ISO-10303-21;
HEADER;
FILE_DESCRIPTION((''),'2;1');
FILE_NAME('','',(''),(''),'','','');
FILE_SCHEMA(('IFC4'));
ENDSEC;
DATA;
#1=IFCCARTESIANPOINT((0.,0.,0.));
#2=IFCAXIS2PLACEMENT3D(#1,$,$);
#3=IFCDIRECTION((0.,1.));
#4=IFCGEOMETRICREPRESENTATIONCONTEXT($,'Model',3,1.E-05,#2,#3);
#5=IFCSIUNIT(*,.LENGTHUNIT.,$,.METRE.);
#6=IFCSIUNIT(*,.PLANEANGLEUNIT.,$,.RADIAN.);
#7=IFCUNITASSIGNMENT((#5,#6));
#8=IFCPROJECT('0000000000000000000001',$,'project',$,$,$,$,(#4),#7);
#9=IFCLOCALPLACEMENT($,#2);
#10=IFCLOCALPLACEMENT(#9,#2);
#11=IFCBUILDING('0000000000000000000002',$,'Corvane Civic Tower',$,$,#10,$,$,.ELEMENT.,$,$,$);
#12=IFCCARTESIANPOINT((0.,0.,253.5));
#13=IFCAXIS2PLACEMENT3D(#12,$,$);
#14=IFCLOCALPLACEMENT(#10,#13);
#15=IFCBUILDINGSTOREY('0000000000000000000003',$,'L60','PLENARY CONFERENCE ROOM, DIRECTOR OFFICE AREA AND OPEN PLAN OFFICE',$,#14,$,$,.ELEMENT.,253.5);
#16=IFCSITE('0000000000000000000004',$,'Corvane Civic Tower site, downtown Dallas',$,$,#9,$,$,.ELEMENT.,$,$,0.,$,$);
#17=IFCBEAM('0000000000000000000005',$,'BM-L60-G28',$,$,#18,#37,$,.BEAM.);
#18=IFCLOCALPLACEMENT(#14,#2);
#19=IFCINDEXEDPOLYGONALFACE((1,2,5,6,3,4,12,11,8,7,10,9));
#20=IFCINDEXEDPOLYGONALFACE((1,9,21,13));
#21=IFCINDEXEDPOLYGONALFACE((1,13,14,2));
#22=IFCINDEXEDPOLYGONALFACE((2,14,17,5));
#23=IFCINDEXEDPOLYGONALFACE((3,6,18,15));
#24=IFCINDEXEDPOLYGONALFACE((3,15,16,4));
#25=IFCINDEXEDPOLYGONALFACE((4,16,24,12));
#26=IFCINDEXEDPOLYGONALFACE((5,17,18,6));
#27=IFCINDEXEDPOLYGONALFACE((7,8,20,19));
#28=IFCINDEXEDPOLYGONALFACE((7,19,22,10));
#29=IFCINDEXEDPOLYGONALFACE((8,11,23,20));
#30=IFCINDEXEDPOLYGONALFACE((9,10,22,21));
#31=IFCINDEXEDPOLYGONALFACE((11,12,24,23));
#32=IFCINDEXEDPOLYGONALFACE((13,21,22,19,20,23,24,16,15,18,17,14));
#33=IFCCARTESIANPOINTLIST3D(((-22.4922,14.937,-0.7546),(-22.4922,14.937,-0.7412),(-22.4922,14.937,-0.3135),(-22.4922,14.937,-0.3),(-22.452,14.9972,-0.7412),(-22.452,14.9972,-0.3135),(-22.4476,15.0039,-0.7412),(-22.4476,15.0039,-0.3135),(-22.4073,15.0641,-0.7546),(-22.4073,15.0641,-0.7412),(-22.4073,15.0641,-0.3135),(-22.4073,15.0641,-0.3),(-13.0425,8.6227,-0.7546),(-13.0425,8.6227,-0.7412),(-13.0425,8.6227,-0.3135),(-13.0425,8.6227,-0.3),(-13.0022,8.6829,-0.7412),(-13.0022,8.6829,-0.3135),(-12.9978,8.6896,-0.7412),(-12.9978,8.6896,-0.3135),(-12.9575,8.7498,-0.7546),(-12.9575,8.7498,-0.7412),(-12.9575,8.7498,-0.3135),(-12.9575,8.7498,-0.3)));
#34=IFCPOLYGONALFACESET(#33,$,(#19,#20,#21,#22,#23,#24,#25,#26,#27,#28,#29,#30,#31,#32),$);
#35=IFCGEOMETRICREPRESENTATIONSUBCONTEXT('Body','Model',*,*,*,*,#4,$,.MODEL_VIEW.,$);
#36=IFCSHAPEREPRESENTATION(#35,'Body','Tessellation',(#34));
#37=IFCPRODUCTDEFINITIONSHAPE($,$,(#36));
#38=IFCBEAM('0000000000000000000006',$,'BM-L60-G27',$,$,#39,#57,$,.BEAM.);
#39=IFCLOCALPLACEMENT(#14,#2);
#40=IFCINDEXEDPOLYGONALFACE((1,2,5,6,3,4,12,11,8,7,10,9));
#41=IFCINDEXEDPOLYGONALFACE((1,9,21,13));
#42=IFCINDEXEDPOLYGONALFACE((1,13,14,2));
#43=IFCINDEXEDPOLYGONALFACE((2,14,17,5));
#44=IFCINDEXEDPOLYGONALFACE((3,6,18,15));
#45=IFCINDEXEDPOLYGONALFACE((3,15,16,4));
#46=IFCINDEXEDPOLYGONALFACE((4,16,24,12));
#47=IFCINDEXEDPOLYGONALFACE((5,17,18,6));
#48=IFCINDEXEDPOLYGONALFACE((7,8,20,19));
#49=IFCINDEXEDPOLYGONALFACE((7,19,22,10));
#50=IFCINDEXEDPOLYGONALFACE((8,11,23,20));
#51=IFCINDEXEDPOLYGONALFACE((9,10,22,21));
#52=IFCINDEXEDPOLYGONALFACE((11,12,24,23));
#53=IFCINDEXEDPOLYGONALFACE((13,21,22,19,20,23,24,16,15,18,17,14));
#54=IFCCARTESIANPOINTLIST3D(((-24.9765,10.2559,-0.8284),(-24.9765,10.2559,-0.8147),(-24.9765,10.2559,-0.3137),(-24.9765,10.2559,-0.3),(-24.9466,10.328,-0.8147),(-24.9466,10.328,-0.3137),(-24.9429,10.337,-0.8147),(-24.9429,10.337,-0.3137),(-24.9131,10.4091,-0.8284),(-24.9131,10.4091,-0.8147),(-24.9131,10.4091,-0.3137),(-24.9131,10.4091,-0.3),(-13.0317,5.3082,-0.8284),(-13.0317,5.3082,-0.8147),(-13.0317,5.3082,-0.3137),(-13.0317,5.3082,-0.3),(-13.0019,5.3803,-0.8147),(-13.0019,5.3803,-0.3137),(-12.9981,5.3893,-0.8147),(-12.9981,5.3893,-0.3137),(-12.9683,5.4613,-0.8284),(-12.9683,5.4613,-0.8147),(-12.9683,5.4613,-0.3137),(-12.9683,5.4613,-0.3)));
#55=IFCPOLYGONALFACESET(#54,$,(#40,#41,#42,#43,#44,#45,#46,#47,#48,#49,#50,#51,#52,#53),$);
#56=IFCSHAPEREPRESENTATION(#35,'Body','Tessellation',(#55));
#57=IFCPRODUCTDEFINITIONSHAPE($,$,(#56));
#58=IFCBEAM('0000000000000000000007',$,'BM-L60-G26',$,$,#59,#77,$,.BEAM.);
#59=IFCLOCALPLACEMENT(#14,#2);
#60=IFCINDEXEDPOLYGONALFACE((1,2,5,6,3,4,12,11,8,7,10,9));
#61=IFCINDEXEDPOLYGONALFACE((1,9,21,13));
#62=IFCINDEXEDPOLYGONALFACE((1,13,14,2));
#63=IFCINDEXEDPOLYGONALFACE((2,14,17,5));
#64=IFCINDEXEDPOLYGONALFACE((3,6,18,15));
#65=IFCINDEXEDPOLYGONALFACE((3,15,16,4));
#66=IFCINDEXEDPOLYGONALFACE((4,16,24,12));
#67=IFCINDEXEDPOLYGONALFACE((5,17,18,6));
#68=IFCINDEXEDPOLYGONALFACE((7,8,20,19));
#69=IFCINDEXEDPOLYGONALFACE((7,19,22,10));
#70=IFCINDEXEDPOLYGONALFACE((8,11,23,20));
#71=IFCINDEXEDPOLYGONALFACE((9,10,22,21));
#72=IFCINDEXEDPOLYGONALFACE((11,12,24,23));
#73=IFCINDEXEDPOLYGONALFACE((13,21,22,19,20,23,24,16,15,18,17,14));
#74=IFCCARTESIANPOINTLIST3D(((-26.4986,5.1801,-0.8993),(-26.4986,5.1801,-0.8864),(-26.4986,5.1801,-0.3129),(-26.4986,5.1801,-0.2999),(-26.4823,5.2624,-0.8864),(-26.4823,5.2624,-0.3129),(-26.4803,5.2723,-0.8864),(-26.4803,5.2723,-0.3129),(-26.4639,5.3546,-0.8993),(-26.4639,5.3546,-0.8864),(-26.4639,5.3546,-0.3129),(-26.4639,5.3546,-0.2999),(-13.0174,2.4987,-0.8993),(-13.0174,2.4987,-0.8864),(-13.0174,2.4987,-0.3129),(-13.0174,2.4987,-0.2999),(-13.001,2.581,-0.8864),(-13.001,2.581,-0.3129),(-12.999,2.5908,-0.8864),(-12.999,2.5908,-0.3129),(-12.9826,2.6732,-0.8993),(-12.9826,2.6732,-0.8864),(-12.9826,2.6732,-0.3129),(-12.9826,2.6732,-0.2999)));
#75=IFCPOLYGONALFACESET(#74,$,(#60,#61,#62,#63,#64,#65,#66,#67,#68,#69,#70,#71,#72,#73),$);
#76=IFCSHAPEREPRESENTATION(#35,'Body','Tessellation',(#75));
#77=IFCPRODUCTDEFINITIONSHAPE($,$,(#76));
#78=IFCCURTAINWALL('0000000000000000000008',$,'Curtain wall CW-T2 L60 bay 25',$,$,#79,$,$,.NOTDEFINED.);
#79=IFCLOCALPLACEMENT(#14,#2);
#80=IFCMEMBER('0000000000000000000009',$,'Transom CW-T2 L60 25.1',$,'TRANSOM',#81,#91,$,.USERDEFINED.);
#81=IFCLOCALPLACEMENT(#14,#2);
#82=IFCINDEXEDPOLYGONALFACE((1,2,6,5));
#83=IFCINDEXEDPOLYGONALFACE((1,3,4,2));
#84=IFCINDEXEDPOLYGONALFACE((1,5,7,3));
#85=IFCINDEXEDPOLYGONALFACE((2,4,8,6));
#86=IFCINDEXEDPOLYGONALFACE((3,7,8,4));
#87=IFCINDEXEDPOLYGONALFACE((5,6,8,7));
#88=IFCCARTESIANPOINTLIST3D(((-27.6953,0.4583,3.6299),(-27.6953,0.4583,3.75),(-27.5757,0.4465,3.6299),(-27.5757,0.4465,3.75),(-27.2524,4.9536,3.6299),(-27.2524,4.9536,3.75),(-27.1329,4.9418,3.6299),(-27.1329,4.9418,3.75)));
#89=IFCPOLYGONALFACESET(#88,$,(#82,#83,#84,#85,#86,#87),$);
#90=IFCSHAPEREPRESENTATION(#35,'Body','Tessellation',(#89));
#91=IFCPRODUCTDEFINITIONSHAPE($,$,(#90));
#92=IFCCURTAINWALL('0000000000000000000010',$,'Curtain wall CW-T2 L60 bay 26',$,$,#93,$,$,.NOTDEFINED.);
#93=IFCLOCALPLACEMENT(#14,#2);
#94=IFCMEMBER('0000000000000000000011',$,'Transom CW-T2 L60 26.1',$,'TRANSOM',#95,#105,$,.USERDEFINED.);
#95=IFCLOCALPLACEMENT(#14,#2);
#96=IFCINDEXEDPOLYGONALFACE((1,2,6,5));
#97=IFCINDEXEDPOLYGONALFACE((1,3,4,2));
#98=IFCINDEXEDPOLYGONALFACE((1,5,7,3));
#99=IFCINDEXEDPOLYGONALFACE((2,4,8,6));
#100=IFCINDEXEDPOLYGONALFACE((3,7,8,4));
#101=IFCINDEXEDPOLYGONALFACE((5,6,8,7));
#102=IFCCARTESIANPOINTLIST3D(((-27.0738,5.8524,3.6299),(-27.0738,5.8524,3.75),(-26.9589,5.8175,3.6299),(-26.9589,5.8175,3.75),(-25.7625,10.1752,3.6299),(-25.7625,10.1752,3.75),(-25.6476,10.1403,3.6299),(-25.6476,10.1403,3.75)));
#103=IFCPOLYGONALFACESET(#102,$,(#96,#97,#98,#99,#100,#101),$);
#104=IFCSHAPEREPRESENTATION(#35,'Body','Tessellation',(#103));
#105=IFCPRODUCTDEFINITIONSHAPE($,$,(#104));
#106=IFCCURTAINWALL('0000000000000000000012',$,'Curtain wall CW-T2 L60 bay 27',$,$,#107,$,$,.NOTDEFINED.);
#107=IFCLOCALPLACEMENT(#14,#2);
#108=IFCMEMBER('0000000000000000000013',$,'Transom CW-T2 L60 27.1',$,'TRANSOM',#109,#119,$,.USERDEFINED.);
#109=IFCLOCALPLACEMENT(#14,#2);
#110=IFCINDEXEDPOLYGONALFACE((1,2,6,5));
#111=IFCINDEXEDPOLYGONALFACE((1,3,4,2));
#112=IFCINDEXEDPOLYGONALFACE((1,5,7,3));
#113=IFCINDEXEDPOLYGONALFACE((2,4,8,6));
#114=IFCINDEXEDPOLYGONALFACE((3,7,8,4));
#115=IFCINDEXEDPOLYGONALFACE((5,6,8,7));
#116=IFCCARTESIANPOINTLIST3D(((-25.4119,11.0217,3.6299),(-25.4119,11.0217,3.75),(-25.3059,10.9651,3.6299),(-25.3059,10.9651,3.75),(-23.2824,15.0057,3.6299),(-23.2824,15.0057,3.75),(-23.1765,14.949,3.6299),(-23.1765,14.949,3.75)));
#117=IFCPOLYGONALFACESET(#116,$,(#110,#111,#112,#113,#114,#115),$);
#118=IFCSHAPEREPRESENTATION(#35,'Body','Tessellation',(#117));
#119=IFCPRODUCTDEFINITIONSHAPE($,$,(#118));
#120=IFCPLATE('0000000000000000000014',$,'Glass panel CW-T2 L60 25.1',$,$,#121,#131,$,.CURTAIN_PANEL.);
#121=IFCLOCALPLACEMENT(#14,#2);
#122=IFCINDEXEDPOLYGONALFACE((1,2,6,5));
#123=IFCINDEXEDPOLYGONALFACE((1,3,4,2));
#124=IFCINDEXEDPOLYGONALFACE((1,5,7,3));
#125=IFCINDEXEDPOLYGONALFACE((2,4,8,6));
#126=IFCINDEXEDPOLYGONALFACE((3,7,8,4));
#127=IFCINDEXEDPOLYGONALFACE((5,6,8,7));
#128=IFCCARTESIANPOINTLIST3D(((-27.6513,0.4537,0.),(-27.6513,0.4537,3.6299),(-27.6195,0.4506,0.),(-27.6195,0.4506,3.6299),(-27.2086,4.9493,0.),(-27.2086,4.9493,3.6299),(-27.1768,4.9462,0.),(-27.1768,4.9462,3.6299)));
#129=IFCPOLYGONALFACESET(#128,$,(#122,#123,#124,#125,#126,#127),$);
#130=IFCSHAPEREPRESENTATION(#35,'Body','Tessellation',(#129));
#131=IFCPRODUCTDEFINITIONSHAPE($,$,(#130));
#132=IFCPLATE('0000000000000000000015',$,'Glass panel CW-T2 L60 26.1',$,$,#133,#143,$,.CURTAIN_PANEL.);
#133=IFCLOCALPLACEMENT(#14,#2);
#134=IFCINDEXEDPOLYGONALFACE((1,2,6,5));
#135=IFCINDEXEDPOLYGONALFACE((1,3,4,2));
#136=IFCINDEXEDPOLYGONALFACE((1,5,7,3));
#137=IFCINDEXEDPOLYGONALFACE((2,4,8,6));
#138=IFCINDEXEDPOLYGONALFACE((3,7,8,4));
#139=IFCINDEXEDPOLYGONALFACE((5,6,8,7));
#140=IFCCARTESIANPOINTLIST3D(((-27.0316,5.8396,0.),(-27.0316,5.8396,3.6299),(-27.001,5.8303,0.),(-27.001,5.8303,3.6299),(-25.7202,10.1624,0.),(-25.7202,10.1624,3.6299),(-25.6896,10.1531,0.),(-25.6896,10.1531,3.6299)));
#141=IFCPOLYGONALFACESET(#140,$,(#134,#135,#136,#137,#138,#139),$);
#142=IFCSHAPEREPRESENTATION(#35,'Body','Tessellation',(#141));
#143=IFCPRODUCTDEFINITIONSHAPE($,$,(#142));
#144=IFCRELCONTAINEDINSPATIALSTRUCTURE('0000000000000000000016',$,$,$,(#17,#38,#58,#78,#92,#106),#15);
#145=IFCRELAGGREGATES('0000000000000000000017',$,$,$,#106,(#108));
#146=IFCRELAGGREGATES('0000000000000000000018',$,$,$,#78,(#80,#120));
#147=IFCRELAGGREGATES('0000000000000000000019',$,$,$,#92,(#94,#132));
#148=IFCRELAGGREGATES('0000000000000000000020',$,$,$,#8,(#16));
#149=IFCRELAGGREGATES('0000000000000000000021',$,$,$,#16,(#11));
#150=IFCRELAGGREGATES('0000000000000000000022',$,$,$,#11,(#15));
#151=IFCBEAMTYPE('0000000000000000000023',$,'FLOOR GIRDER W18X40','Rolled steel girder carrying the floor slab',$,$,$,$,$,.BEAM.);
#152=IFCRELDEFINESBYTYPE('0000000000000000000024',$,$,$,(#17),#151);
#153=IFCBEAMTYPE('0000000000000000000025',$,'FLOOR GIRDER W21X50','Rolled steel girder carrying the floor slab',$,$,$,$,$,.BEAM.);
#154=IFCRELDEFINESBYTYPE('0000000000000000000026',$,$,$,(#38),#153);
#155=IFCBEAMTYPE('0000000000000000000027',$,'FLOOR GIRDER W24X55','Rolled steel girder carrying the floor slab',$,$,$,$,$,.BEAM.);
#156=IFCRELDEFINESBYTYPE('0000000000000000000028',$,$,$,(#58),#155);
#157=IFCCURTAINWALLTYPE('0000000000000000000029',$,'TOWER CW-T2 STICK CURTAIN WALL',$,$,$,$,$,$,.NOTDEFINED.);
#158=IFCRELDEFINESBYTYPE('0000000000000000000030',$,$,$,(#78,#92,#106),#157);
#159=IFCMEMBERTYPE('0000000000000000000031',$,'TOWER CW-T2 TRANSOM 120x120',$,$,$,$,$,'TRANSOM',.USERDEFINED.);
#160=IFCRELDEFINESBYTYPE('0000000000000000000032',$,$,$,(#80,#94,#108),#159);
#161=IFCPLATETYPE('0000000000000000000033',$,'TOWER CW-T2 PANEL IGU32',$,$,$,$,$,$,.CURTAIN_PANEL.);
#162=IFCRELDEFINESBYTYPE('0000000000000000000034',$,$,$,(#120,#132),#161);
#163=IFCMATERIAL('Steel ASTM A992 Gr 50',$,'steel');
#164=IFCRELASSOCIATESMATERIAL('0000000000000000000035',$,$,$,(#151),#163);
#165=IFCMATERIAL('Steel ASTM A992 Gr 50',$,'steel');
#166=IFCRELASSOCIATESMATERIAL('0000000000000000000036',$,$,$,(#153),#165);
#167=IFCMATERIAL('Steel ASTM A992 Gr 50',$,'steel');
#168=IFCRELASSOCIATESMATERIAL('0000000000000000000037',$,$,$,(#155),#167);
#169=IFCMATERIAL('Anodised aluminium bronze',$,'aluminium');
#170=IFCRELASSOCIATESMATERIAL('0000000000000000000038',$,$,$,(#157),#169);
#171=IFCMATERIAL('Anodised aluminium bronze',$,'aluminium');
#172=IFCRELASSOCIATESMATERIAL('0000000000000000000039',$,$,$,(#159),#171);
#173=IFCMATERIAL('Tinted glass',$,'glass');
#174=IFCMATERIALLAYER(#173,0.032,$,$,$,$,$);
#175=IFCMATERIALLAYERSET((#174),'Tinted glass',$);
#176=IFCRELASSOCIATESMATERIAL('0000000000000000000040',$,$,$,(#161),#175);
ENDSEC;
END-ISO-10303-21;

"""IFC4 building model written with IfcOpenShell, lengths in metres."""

from ifc_helpers import new_model, si_unit, direction, frame, origin, origin_2d, place, context, subcontext, project, spatial, rectangle, i_section, extrude, material, layer, layer_set, material_profile, profile_set, type_object, element, aggregate, save


model = new_model("IFC4")

# Units and contexts
model_context = context("Model", 3, precision=1e-05, world=origin(), true_north=direction((0.0, 1.0)))
body_context = subcontext(model_context, "Body", "Model", "MODEL_VIEW")
ifc_project = project(units=[si_unit("LENGTHUNIT", "METRE"), si_unit("PLANEANGLEUNIT", "RADIAN")], contexts=[model_context])

# Site, building, storey
site_placement = place(None, origin())
site = spatial("IfcSite", under=ifc_project, at=site_placement, Name="Corvane Civic Tower site, downtown Dallas", CompositionType="ELEMENT", RefElevation=0.0)
building_placement = place(site_placement, origin())
building = spatial("IfcBuilding", under=site, at=building_placement, Name="Corvane Civic Tower", CompositionType="ELEMENT")
storey_placement = place(building_placement, frame((0.0, 0.0, 253.5)))
storey = spatial("IfcBuildingStorey", under=building, at=storey_placement, Name="L60", Description="PLENARY CONFERENCE ROOM, DIRECTOR OFFICE AREA AND OPEN PLAN OFFICE", CompositionType="ELEMENT", Elevation=253.5)

# Beams
ifc_material_1 = material(Name="Steel ASTM A992 Gr 50", Category="steel")
ifc_material_profile_1 = material_profile(ifc_material_1, i_section(OverallWidth=0.1528, OverallDepth=0.4546, WebThickness=0.0081, FlangeThickness=0.0134, at=origin_2d()), Name="W18X40")
ifc_profile_set_1 = profile_set([ifc_material_profile_1], Name="Steel ASTM A992 Gr 50")
beam_type_1 = type_object("IfcBeamType", Name="FLOOR GIRDER W18X40", Description="Rolled steel girder carrying the floor slab", PredefinedType="BEAM", material=ifc_profile_set_1)
beam_1_placement = place(storey_placement, frame((-13.0, 8.6863, -0.5273), z_axis=(-0.831465, 0.555577, 0.0), x_axis=(-0.555577, -0.831465, 0.0)))
element("IfcBeam", 1, at=beam_1_placement, inside=storey, type_object=beam_type_1, Name="BM-L60-G28", PredefinedType="BEAM", context=body_context, shape_type="SweptSolid", body=[
    extrude(i_section(OverallWidth=0.1528, OverallDepth=0.4546, WebThickness=0.0081, FlangeThickness=0.0134, at=origin_2d()), origin(), (0.0, 0.0, 1.0), 11.3652),
])
ifc_material_2 = material(Name="Steel ASTM A992 Gr 50", Category="steel")
ifc_material_profile_2 = material_profile(ifc_material_2, i_section(OverallWidth=0.1658, OverallDepth=0.5283, WebThickness=0.0098, FlangeThickness=0.0137, at=origin_2d()), Name="W21X50")
ifc_profile_set_2 = profile_set([ifc_material_profile_2], Name="Steel ASTM A992 Gr 50")
beam_type_2 = type_object("IfcBeamType", Name="FLOOR GIRDER W21X50", Description="Rolled steel girder carrying the floor slab", PredefinedType="BEAM", material=ifc_profile_set_2)
beam_2_placement = place(storey_placement, frame((-13.0, 5.3848, -0.5642), z_axis=(-0.923878, 0.382686, 0.0), x_axis=(-0.382686, -0.923878, 0.0)))
element("IfcBeam", 2, at=beam_2_placement, inside=storey, type_object=beam_type_2, Name="BM-L60-G27", PredefinedType="BEAM", context=body_context, shape_type="SweptSolid", body=[
    extrude(i_section(OverallWidth=0.1658, OverallDepth=0.5283, WebThickness=0.0098, FlangeThickness=0.0137, at=origin_2d()), origin(), (0.0, 0.0, 1.0), 12.929),
])
ifc_material_3 = material(Name="Steel ASTM A992 Gr 50", Category="steel")
ifc_material_profile_3 = material_profile(ifc_material_3, i_section(OverallWidth=0.178, OverallDepth=0.5994, WebThickness=0.01, FlangeThickness=0.0129, at=origin_2d()), Name="W24X55")
ifc_profile_set_3 = profile_set([ifc_material_profile_3], Name="Steel ASTM A992 Gr 50")
beam_type_3 = type_object("IfcBeamType", Name="FLOOR GIRDER W24X55", Description="Rolled steel girder carrying the floor slab", PredefinedType="BEAM", material=ifc_profile_set_3)
beam_3_placement = place(storey_placement, frame((-13.0, 2.5859, -0.5996), z_axis=(-0.980788, 0.195078, 0.0), x_axis=(-0.195078, -0.980788, 0.0)))
element("IfcBeam", 3, at=beam_3_placement, inside=storey, type_object=beam_type_3, Name="BM-L60-G26", PredefinedType="BEAM", context=body_context, shape_type="SweptSolid", body=[
    extrude(i_section(OverallWidth=0.178, OverallDepth=0.5994, WebThickness=0.01, FlangeThickness=0.0129, at=origin_2d()), origin(), (0.0, 0.0, 1.0), 13.7454),
])

# Curtain walls, members
ifc_material_4 = material(Name="Anodised aluminium bronze", Category="aluminium")
curtain_wall_type = type_object("IfcCurtainWallType", Name="TOWER CW-T2 STICK CURTAIN WALL", PredefinedType="NOTDEFINED", material=ifc_material_4)
curtain_wall_1_placement = place(storey_placement, origin())
curtain_wall_1 = element("IfcCurtainWall", 4, at=curtain_wall_1_placement, inside=storey, type_object=curtain_wall_type, Name="Curtain wall CW-T2 L60 bay 25", PredefinedType="NOTDEFINED")
ifc_material_5 = material(Name="Anodised aluminium bronze", Category="aluminium")
ifc_material_profile_4 = material_profile(ifc_material_5, rectangle(XDim=0.1201, YDim=0.1201, at=origin_2d()), Name="TOWER CW-T2 TRANSOM 120x120")
ifc_profile_set_4 = profile_set([ifc_material_profile_4], Name="Anodised aluminium bronze")
member_type = type_object("IfcMemberType", Name="TOWER CW-T2 TRANSOM 120x120", ElementType="TRANSOM", PredefinedType="USERDEFINED", material=ifc_profile_set_4)
member_1_placement = place(storey_placement, frame((-27.6355, 0.4524, 3.6899), z_axis=(0.098043, 0.995182, 0.0), x_axis=(-0.995182, 0.098043, 0.0)))
member_1 = element("IfcMember", 5, at=member_1_placement, type_object=member_type, Name="Transom CW-T2 L60 25.1", ObjectType="TRANSOM", PredefinedType="USERDEFINED", context=body_context, shape_type="SweptSolid", body=[
    extrude(rectangle(XDim=0.1201, YDim=0.1201, at=origin_2d()), origin(), (0.0, 0.0, 1.0), 4.5171),
])
curtain_wall_2_placement = place(storey_placement, origin())
curtain_wall_2 = element("IfcCurtainWall", 6, at=curtain_wall_2_placement, inside=storey, type_object=curtain_wall_type, Name="Curtain wall CW-T2 L60 bay 26", PredefinedType="NOTDEFINED")
member_2_placement = place(storey_placement, frame((-27.0164, 5.835, 3.6899), z_axis=(0.290282, 0.956941, 0.0), x_axis=(-0.956941, 0.290282, 0.0)))
member_2 = element("IfcMember", 7, at=member_2_placement, type_object=member_type, Name="Transom CW-T2 L60 26.1", ObjectType="TRANSOM", PredefinedType="USERDEFINED", context=body_context, shape_type="SweptSolid", body=[
    extrude(rectangle(XDim=0.1201, YDim=0.1201, at=origin_2d()), origin(), (0.0, 0.0, 1.0), 4.5173),
])
curtain_wall_3_placement = place(storey_placement, origin())
curtain_wall_3 = element("IfcCurtainWall", 8, at=curtain_wall_3_placement, inside=storey, type_object=curtain_wall_type, Name="Curtain wall CW-T2 L60 bay 27", PredefinedType="NOTDEFINED")
member_3_placement = place(storey_placement, frame((-25.3589, 10.9934, 3.6899), z_axis=(0.47139, 0.881925, 0.0), x_axis=(-0.881925, 0.47139, 0.0)))
member_3 = element("IfcMember", 9, at=member_3_placement, type_object=member_type, Name="Transom CW-T2 L60 27.1", ObjectType="TRANSOM", PredefinedType="USERDEFINED", context=body_context, shape_type="SweptSolid", body=[
    extrude(rectangle(XDim=0.1201, YDim=0.1201, at=origin_2d()), origin(), (0.0, 0.0, 1.0), 4.5173),
])
aggregate(curtain_wall_3, [member_3])

# Plates
ifc_material_6 = material(Name="Tinted glass", Category="glass")
ifc_layer_1 = layer(ifc_material_6, 0.032)
ifc_layer_set_1 = layer_set([ifc_layer_1], Name="Tinted glass")
plate_type = type_object("IfcPlateType", Name="TOWER CW-T2 PANEL IGU32", PredefinedType="CURTAIN_PANEL", material=ifc_layer_set_1)
plate_1_placement = place(storey_placement, frame((-27.4141, 2.7, 0.0), z_axis=(0.0, 0.0, 1.0), x_axis=(0.097993, 0.995187, 0.0)))
plate_1 = element("IfcPlate", 10, at=plate_1_placement, type_object=plate_type, Name="Glass panel CW-T2 L60 25.1", PredefinedType="CURTAIN_PANEL", context=body_context, shape_type="SweptSolid", body=[
    extrude(rectangle(XDim=4.5173, YDim=0.032, at=origin_2d()), origin(), (0.0, 0.0, 1.0), 3.6299),
])
aggregate(curtain_wall_1, [member_1, plate_1])
plate_2_placement = place(storey_placement, frame((-26.3606, 7.9963, 0.0), z_axis=(0.0, 0.0, 1.0), x_axis=(0.29029, 0.956939, 0.0)))
plate_2 = element("IfcPlate", 11, at=plate_2_placement, type_object=plate_type, Name="Glass panel CW-T2 L60 26.1", PredefinedType="CURTAIN_PANEL", context=body_context, shape_type="SweptSolid", body=[
    extrude(rectangle(XDim=4.5173, YDim=0.032, at=origin_2d()), origin(), (0.0, 0.0, 1.0), 3.6299),
])
aggregate(curtain_wall_2, [member_2, plate_2])

save(model, "model.ifc")
